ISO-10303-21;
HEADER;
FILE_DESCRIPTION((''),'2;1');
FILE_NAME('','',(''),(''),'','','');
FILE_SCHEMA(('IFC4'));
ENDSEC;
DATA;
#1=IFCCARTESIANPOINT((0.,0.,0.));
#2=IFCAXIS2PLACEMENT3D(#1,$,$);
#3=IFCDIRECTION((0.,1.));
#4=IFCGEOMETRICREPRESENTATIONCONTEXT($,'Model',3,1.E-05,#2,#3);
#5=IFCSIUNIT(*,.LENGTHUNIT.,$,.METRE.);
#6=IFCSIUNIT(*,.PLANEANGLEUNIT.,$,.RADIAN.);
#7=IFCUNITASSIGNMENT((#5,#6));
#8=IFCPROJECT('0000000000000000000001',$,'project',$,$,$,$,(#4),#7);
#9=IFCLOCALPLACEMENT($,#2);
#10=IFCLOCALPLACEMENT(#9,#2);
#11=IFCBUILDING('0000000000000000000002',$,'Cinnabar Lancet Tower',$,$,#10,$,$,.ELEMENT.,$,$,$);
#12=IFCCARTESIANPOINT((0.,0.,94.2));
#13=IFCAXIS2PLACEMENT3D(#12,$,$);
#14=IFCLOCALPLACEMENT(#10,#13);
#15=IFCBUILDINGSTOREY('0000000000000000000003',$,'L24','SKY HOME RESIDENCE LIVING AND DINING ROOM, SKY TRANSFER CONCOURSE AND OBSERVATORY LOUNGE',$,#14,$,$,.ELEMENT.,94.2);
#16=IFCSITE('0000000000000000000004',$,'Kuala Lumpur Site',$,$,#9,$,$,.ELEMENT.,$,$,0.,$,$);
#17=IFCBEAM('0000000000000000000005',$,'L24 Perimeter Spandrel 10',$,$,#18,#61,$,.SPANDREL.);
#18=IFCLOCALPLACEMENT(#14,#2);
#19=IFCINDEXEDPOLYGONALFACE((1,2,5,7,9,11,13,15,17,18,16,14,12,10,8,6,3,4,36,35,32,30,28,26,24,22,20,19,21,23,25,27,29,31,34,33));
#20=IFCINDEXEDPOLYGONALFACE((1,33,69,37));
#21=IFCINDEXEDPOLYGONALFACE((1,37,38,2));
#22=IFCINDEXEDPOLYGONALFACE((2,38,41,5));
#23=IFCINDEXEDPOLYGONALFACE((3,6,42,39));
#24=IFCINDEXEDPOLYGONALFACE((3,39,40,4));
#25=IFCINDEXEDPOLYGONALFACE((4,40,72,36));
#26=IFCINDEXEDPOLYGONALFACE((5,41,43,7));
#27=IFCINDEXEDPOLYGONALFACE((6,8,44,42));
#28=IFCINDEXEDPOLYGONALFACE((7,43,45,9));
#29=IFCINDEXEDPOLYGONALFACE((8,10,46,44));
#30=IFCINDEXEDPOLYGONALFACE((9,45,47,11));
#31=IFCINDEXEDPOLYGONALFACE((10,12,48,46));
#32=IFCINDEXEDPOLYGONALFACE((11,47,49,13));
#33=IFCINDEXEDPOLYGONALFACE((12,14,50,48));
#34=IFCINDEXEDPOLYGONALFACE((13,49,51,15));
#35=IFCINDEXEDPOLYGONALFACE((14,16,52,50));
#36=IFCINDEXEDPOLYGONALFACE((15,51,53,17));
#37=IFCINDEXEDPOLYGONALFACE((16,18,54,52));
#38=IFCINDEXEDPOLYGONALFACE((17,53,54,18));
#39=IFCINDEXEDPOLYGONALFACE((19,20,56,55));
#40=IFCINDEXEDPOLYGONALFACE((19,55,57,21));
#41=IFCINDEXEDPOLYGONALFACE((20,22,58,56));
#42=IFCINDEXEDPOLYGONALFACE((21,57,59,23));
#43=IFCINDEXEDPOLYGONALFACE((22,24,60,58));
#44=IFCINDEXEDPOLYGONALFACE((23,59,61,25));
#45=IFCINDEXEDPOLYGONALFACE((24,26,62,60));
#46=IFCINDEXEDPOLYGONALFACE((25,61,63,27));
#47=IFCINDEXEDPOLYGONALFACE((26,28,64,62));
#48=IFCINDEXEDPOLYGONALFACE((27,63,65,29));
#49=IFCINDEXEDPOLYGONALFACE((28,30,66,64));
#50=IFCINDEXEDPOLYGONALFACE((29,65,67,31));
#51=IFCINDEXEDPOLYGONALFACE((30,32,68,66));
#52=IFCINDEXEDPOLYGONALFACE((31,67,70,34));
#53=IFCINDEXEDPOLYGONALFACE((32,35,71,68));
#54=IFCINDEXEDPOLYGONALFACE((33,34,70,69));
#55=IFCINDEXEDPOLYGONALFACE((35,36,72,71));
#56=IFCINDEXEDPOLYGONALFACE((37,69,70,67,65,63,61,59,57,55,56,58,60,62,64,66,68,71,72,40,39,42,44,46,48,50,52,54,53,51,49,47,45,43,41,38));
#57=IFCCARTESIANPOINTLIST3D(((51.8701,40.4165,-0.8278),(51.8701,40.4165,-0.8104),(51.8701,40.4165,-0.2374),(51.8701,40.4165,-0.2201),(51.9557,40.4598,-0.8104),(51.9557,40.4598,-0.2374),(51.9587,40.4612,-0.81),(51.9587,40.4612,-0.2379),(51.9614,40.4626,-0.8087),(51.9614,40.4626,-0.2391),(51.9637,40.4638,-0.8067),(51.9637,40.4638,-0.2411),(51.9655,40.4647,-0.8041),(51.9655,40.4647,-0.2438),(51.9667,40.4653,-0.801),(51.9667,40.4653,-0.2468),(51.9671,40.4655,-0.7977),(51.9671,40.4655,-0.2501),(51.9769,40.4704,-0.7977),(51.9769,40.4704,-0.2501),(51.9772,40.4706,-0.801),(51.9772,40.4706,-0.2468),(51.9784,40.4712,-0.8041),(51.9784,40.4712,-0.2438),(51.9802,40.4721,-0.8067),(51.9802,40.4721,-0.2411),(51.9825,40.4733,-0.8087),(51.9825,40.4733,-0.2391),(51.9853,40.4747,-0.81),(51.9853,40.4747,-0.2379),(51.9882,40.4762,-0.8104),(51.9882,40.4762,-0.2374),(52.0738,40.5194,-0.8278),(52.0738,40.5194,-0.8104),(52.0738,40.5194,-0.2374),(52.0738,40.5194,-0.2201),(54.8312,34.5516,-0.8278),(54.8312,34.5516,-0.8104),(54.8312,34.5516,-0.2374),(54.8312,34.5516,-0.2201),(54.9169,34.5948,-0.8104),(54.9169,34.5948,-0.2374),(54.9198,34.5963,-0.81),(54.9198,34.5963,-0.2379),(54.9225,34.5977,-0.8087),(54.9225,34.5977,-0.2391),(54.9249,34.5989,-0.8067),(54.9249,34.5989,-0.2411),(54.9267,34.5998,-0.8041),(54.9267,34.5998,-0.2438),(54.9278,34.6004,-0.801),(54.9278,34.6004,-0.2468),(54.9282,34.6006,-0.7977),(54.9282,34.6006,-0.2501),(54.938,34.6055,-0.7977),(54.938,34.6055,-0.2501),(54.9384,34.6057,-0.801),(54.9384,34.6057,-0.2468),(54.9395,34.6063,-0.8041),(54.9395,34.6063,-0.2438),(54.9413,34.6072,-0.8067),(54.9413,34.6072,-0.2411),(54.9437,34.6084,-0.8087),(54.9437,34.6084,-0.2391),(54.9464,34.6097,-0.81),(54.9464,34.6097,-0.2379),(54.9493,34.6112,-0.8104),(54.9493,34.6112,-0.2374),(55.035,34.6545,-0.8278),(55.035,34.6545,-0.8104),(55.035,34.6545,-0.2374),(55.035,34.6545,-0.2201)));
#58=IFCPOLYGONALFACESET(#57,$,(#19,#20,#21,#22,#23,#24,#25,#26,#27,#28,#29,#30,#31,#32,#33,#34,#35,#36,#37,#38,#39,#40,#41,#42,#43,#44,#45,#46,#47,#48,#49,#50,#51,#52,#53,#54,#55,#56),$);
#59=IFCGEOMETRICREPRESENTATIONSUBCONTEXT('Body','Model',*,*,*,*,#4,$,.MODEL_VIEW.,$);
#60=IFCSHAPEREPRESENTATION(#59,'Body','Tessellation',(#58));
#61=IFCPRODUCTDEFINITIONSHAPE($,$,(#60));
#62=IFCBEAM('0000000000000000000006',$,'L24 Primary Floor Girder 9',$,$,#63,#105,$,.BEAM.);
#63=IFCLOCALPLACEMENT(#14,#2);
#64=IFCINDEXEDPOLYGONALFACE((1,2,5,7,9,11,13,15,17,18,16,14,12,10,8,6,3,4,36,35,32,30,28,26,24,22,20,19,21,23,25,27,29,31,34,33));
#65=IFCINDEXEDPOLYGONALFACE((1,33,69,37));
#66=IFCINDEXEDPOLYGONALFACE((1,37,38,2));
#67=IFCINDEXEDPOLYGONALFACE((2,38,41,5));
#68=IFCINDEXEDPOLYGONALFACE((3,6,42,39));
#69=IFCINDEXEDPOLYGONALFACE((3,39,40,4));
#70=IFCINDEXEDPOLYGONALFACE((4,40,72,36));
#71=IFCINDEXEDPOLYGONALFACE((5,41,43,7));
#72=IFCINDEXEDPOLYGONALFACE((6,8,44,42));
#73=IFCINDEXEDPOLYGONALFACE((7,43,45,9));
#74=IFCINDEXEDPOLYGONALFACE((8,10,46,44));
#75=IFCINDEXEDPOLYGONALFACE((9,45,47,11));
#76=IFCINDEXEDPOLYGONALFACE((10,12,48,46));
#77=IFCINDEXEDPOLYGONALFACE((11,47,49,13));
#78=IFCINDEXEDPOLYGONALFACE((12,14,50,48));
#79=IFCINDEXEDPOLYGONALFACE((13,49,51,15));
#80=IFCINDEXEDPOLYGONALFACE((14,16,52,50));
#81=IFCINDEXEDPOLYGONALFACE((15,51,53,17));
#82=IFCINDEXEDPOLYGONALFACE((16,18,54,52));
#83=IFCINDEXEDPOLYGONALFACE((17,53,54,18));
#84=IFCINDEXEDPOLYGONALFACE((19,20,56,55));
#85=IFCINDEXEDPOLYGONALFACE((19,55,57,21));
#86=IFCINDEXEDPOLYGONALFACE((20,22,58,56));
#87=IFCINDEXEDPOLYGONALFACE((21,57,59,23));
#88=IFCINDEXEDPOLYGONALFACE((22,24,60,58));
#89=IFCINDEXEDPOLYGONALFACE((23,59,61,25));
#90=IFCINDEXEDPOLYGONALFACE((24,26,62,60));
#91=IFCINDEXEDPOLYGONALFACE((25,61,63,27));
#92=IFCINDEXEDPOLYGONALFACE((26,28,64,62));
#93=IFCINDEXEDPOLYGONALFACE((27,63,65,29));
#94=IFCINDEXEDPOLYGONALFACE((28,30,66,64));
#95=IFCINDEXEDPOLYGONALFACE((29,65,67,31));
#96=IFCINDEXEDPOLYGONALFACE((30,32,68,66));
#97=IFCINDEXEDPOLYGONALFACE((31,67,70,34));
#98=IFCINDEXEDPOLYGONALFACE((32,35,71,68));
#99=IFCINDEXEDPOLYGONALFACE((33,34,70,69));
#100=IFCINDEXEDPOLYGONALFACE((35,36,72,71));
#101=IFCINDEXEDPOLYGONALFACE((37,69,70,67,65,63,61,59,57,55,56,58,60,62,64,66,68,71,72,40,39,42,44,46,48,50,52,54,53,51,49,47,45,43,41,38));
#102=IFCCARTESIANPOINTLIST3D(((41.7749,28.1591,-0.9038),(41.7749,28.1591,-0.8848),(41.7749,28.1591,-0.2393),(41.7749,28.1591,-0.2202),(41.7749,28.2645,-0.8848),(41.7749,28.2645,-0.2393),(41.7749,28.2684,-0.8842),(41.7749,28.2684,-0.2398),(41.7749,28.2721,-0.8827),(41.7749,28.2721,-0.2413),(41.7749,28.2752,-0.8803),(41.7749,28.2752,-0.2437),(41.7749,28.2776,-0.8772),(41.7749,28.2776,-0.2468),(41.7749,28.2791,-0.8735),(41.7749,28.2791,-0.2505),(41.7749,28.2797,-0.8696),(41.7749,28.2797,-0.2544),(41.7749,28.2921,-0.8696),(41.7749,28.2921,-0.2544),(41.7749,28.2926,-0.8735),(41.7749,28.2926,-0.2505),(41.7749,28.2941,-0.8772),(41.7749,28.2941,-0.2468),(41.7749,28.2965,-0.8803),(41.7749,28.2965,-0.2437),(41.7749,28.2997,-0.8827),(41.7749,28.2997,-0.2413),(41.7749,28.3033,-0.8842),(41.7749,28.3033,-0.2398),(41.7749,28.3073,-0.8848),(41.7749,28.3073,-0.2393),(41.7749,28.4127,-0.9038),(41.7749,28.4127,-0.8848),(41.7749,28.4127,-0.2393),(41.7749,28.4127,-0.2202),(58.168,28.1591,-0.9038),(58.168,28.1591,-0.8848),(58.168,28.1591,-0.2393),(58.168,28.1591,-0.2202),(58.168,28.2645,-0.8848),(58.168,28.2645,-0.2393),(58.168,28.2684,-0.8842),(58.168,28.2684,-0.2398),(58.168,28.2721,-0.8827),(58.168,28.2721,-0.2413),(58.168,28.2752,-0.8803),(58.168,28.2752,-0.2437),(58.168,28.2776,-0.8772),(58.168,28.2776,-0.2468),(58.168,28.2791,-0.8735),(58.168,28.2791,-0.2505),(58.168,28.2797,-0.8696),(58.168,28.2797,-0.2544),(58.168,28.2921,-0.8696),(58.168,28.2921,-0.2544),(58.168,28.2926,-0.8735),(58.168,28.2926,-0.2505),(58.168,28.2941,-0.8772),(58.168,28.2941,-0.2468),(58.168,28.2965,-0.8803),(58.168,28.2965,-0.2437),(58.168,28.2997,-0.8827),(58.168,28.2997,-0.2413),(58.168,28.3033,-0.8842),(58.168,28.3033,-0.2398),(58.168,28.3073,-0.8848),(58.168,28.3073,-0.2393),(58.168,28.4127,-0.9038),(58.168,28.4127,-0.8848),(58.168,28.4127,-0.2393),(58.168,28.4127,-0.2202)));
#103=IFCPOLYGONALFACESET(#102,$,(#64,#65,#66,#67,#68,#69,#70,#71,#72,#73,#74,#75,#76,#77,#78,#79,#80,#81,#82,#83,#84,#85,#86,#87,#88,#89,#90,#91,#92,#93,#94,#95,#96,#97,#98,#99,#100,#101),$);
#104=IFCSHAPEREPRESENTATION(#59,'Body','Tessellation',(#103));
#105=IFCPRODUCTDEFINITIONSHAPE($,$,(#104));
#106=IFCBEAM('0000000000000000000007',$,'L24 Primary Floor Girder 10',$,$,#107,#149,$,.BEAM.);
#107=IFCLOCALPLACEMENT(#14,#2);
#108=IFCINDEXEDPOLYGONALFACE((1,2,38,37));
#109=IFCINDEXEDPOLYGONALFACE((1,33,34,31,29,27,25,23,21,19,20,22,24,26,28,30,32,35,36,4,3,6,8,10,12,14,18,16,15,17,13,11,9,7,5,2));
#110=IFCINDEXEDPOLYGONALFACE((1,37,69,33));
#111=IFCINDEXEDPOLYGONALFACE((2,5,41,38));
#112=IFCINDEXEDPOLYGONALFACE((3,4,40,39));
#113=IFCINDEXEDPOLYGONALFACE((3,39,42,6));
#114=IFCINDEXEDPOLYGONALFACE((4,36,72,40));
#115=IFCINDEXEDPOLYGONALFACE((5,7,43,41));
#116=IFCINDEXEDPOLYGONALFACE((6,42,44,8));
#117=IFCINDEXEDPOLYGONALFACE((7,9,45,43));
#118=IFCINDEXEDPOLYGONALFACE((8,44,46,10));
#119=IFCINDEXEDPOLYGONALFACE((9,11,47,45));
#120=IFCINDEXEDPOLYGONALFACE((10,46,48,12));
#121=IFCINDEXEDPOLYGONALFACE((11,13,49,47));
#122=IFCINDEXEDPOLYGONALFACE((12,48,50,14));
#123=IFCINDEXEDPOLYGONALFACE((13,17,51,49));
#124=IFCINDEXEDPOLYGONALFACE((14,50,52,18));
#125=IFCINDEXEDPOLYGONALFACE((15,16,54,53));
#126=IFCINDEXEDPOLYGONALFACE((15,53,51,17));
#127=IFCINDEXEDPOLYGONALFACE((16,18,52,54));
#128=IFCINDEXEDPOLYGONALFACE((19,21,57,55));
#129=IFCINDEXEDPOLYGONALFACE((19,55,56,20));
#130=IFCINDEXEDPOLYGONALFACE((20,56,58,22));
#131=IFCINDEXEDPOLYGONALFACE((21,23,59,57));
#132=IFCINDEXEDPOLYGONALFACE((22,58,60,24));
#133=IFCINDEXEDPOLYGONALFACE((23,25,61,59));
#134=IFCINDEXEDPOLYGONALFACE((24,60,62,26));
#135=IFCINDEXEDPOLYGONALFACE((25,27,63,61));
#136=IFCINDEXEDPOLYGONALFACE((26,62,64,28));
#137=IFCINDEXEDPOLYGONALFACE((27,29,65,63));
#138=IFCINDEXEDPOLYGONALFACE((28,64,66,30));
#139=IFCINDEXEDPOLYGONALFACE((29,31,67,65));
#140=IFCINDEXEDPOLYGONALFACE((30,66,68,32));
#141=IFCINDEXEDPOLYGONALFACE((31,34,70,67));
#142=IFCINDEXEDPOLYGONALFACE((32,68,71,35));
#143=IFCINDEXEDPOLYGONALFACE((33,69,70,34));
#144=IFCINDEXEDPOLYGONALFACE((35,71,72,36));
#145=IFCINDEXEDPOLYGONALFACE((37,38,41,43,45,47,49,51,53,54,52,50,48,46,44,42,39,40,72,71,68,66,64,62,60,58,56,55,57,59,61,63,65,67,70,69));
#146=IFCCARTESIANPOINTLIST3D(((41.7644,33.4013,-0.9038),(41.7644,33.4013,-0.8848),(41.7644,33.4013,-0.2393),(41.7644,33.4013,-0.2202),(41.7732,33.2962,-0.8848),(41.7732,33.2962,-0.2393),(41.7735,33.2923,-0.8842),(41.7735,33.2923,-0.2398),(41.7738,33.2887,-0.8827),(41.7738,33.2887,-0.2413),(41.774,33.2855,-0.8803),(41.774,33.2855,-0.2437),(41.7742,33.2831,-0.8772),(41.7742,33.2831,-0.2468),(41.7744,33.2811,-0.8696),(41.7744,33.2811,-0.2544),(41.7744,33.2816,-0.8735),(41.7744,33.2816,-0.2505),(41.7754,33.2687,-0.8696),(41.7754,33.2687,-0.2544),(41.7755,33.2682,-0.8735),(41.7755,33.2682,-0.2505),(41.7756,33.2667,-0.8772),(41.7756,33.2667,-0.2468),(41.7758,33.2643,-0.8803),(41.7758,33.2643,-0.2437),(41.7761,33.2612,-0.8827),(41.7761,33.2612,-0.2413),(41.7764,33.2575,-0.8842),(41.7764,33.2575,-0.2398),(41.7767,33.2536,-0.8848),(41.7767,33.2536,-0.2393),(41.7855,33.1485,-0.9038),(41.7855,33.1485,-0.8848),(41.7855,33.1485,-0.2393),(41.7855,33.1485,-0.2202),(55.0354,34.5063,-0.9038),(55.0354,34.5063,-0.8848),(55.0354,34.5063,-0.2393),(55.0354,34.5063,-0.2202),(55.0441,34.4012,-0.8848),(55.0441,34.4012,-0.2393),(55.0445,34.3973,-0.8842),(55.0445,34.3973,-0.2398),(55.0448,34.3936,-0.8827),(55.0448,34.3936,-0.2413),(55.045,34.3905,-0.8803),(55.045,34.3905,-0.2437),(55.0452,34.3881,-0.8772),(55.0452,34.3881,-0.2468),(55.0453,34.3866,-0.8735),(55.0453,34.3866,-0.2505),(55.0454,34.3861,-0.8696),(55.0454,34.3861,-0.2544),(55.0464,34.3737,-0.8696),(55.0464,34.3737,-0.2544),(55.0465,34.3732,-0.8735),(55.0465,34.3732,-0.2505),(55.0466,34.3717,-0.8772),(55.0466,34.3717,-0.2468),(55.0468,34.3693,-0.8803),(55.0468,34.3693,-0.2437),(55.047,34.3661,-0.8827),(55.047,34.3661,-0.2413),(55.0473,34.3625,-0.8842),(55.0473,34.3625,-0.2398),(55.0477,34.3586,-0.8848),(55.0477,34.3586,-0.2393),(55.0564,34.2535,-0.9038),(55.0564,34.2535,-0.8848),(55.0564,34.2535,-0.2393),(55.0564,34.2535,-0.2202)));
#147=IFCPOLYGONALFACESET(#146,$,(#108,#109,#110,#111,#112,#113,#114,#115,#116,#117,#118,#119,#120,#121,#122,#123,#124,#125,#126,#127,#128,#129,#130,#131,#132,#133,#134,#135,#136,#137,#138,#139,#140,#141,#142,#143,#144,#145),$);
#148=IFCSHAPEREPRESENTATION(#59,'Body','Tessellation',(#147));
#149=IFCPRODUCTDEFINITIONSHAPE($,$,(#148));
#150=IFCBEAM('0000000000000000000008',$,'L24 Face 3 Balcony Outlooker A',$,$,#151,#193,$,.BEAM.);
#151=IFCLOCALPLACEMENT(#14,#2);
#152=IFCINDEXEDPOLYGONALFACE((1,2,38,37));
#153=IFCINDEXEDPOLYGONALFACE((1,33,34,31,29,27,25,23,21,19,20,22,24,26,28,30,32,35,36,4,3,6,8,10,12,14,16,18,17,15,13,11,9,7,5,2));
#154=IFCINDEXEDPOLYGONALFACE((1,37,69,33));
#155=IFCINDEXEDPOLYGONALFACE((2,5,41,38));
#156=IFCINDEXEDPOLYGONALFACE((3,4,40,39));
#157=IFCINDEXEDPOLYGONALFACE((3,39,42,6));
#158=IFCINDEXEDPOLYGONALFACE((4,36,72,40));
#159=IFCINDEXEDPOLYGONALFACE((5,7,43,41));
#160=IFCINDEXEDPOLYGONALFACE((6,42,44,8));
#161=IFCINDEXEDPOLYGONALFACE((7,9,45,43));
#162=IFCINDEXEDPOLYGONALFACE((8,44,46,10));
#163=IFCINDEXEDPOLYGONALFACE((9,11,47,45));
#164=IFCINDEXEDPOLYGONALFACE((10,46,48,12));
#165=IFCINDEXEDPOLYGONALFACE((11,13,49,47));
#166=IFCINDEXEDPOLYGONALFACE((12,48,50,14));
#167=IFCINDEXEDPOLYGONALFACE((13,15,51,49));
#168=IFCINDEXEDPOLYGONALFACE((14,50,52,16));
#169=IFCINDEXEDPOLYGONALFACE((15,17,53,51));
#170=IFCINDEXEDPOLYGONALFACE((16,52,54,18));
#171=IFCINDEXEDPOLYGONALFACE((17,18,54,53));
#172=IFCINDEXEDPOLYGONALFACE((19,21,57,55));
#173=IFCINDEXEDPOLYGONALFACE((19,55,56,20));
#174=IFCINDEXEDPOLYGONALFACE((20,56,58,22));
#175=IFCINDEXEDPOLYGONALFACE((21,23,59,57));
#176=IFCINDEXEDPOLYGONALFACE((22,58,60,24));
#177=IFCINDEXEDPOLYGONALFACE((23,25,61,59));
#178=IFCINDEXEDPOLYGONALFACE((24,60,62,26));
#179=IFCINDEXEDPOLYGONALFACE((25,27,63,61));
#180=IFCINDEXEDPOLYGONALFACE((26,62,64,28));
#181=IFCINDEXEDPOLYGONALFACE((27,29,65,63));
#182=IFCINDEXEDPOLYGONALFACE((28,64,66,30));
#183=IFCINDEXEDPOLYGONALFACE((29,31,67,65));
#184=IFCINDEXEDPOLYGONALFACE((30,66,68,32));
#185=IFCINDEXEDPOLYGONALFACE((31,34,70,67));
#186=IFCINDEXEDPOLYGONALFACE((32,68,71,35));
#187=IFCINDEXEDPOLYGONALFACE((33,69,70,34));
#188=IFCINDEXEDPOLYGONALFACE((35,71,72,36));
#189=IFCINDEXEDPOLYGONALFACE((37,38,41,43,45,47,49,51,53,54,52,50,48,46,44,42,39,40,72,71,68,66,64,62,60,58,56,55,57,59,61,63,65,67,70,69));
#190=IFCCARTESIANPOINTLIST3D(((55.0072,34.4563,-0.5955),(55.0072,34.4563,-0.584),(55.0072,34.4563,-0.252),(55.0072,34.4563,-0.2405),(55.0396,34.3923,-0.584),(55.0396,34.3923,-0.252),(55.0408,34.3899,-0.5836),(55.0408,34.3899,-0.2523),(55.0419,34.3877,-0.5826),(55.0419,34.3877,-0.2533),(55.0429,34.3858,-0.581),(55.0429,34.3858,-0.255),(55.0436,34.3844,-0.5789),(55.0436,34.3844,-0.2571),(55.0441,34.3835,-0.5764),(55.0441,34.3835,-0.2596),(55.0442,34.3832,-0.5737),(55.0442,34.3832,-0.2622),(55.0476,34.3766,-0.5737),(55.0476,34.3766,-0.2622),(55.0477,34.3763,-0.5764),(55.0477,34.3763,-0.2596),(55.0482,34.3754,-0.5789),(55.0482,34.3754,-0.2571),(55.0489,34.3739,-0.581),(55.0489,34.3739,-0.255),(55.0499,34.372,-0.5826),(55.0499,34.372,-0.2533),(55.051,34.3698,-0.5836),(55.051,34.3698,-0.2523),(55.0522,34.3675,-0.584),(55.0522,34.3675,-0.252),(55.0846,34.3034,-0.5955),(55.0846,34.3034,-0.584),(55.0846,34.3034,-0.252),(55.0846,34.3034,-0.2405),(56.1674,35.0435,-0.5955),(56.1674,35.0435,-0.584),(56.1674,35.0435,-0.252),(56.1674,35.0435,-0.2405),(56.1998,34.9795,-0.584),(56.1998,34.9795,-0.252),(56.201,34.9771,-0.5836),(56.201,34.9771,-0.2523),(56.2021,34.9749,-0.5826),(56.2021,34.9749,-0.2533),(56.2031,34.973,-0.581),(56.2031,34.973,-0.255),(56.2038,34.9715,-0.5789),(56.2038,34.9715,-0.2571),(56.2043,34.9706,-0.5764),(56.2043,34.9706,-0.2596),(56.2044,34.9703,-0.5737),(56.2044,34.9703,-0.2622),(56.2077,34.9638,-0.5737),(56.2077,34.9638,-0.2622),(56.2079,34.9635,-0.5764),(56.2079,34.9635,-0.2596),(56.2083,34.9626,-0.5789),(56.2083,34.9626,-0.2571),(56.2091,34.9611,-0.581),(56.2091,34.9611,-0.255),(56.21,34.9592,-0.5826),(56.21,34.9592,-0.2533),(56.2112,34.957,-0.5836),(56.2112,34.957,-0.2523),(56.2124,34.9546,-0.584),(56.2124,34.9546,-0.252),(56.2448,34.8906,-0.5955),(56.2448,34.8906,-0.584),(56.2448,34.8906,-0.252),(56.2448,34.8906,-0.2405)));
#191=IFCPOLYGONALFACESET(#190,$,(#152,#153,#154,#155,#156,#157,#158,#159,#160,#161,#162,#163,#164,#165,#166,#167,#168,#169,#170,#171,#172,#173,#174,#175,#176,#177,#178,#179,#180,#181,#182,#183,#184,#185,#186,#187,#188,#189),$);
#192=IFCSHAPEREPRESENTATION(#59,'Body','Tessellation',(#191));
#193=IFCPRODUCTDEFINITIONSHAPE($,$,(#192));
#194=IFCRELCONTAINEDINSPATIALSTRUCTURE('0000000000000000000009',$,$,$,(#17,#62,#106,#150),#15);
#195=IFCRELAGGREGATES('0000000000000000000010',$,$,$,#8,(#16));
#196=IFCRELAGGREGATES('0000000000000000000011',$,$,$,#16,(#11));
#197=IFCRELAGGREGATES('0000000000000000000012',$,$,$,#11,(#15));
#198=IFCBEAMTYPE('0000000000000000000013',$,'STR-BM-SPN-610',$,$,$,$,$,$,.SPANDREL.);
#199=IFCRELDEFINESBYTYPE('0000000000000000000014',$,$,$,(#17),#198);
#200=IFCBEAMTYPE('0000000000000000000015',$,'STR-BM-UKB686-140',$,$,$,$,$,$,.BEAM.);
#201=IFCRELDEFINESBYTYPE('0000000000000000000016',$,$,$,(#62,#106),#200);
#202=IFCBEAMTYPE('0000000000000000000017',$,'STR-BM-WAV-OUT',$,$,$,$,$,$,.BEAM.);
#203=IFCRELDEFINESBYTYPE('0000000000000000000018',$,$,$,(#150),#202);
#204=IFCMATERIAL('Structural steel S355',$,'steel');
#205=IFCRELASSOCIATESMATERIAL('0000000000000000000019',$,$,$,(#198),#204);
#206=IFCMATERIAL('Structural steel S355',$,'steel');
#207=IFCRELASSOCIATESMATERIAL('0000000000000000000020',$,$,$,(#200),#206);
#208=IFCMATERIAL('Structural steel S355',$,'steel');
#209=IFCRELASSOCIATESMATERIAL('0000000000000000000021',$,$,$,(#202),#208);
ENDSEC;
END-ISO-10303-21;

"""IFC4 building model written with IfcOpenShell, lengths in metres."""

from ifc_helpers import new_model, si_unit, direction, frame, origin, origin_2d, place, context, subcontext, project, spatial, i_section, extrude, material, material_profile, profile_set, type_object, element, save


model = new_model("IFC4")

# Units and contexts
model_context = context("Model", 3, precision=1e-05, world=origin(), true_north=direction((0.0, 1.0)))
body_context = subcontext(model_context, "Body", "Model", "MODEL_VIEW")
ifc_project = project(units=[si_unit("LENGTHUNIT", "METRE"), si_unit("PLANEANGLEUNIT", "RADIAN")], contexts=[model_context])

# Site, building, storey
site_placement = place(None, origin())
site = spatial("IfcSite", under=ifc_project, at=site_placement, Name="Kuala Lumpur Site", CompositionType="ELEMENT", RefElevation=0.0)
building_placement = place(site_placement, origin())
building = spatial("IfcBuilding", under=site, at=building_placement, Name="Cinnabar Lancet Tower", CompositionType="ELEMENT")
storey_placement = place(building_placement, frame((0.0, 0.0, 94.2)))
storey = spatial("IfcBuildingStorey", under=building, at=storey_placement, Name="L24", Description="SKY HOME RESIDENCE LIVING AND DINING ROOM, SKY TRANSFER CONCOURSE AND OBSERVATORY LOUNGE", CompositionType="ELEMENT", Elevation=94.2)

# Beams
ifc_material_1 = material(Name="Structural steel S355", Category="steel")
ifc_material_profile_1 = material_profile(ifc_material_1, i_section(OverallWidth=0.2283, OverallDepth=0.6077, WebThickness=0.011, FlangeThickness=0.0173, FilletRadius=0.0127, at=origin_2d()), Name="UKB 610x229x113")
ifc_profile_set_1 = profile_set([ifc_material_profile_1], Name="Structural steel S355")
beam_type_1 = type_object("IfcBeamType", Name="STR-BM-SPN-610", PredefinedType="SPANDREL", material=ifc_profile_set_1)
beam_1_placement = place(storey_placement, frame((54.9331, 34.603, -0.5239), z_axis=(-0.450703, 0.892674, 0.0), x_axis=(-0.892674, -0.450703, 0.0)))
element("IfcBeam", 1, at=beam_1_placement, inside=storey, type_object=beam_type_1, Name="L24 Perimeter Spandrel 10", PredefinedType="SPANDREL", context=body_context, shape_type="SweptSolid", body=[
    extrude(i_section(OverallWidth=0.2283, OverallDepth=0.6077, WebThickness=0.011, FlangeThickness=0.0173, FilletRadius=0.0127, at=origin_2d()), origin(), (0.0, 0.0, 1.0), 6.5701),
])
ifc_material_2 = material(Name="Structural steel S355", Category="steel")
ifc_material_profile_2 = material_profile(ifc_material_2, i_section(OverallWidth=0.2537, OverallDepth=0.6836, WebThickness=0.0125, FlangeThickness=0.019, FilletRadius=0.0151, at=origin_2d()), Name="UKB 686x254x140")
ifc_profile_set_2 = profile_set([ifc_material_profile_2], Name="Structural steel S355")
beam_type_2 = type_object("IfcBeamType", Name="STR-BM-UKB686-140", PredefinedType="BEAM", material=ifc_profile_set_2)
beam_2_placement = place(storey_placement, frame((58.168, 28.2859, -0.562), z_axis=(-1.0, 0.0, 0.0), x_axis=(0.0, -1.0, 0.0)))
element("IfcBeam", 2, at=beam_2_placement, inside=storey, type_object=beam_type_2, Name="L24 Primary Floor Girder 9", PredefinedType="BEAM", context=body_context, shape_type="SweptSolid", body=[
    extrude(i_section(OverallWidth=0.2537, OverallDepth=0.6836, WebThickness=0.0125, FlangeThickness=0.019, FilletRadius=0.0151, at=origin_2d()), origin(), (0.0, 0.0, 1.0), 16.3931),
])
beam_3_placement = place(storey_placement, frame((55.0459, 34.3799, -0.562), z_axis=(-0.996552, -0.082976, 0.0), x_axis=(0.082976, -0.996552, 0.0)))
element("IfcBeam", 3, at=beam_3_placement, inside=storey, type_object=beam_type_2, Name="L24 Primary Floor Girder 10", PredefinedType="BEAM", context=body_context, shape_type="SweptSolid", body=[
    extrude(i_section(OverallWidth=0.2537, OverallDepth=0.6836, WebThickness=0.0125, FlangeThickness=0.019, FilletRadius=0.0151, at=origin_2d()), origin(), (0.0, 0.0, 1.0), 13.3169),
])
ifc_material_3 = material(Name="Structural steel S355", Category="steel")
ifc_material_profile_3 = material_profile(ifc_material_3, i_section(OverallWidth=0.1714, OverallDepth=0.355, WebThickness=0.0073, FlangeThickness=0.0115, FilletRadius=0.0103, at=origin_2d()), Name="UKB 356x171x51")
ifc_profile_set_3 = profile_set([ifc_material_profile_3], Name="Structural steel S355")
beam_type_3 = type_object("IfcBeamType", Name="STR-BM-WAV-OUT", PredefinedType="BEAM", material=ifc_profile_set_3)
beam_4_placement = place(storey_placement, frame((55.0459, 34.3799, -0.418), z_axis=(0.892239, 0.451564, 0.0), x_axis=(-0.451564, 0.892239, 0.0)))
element("IfcBeam", 4, at=beam_4_placement, inside=storey, type_object=beam_type_3, Name="L24 Face 3 Balcony Outlooker A", PredefinedType="BEAM", context=body_context, shape_type="SweptSolid", body=[
    extrude(i_section(OverallWidth=0.1714, OverallDepth=0.355, WebThickness=0.0073, FlangeThickness=0.0115, FilletRadius=0.0103, at=origin_2d()), origin(), (0.0, 0.0, 1.0), 1.3003),
])

save(model, "model.ifc")
